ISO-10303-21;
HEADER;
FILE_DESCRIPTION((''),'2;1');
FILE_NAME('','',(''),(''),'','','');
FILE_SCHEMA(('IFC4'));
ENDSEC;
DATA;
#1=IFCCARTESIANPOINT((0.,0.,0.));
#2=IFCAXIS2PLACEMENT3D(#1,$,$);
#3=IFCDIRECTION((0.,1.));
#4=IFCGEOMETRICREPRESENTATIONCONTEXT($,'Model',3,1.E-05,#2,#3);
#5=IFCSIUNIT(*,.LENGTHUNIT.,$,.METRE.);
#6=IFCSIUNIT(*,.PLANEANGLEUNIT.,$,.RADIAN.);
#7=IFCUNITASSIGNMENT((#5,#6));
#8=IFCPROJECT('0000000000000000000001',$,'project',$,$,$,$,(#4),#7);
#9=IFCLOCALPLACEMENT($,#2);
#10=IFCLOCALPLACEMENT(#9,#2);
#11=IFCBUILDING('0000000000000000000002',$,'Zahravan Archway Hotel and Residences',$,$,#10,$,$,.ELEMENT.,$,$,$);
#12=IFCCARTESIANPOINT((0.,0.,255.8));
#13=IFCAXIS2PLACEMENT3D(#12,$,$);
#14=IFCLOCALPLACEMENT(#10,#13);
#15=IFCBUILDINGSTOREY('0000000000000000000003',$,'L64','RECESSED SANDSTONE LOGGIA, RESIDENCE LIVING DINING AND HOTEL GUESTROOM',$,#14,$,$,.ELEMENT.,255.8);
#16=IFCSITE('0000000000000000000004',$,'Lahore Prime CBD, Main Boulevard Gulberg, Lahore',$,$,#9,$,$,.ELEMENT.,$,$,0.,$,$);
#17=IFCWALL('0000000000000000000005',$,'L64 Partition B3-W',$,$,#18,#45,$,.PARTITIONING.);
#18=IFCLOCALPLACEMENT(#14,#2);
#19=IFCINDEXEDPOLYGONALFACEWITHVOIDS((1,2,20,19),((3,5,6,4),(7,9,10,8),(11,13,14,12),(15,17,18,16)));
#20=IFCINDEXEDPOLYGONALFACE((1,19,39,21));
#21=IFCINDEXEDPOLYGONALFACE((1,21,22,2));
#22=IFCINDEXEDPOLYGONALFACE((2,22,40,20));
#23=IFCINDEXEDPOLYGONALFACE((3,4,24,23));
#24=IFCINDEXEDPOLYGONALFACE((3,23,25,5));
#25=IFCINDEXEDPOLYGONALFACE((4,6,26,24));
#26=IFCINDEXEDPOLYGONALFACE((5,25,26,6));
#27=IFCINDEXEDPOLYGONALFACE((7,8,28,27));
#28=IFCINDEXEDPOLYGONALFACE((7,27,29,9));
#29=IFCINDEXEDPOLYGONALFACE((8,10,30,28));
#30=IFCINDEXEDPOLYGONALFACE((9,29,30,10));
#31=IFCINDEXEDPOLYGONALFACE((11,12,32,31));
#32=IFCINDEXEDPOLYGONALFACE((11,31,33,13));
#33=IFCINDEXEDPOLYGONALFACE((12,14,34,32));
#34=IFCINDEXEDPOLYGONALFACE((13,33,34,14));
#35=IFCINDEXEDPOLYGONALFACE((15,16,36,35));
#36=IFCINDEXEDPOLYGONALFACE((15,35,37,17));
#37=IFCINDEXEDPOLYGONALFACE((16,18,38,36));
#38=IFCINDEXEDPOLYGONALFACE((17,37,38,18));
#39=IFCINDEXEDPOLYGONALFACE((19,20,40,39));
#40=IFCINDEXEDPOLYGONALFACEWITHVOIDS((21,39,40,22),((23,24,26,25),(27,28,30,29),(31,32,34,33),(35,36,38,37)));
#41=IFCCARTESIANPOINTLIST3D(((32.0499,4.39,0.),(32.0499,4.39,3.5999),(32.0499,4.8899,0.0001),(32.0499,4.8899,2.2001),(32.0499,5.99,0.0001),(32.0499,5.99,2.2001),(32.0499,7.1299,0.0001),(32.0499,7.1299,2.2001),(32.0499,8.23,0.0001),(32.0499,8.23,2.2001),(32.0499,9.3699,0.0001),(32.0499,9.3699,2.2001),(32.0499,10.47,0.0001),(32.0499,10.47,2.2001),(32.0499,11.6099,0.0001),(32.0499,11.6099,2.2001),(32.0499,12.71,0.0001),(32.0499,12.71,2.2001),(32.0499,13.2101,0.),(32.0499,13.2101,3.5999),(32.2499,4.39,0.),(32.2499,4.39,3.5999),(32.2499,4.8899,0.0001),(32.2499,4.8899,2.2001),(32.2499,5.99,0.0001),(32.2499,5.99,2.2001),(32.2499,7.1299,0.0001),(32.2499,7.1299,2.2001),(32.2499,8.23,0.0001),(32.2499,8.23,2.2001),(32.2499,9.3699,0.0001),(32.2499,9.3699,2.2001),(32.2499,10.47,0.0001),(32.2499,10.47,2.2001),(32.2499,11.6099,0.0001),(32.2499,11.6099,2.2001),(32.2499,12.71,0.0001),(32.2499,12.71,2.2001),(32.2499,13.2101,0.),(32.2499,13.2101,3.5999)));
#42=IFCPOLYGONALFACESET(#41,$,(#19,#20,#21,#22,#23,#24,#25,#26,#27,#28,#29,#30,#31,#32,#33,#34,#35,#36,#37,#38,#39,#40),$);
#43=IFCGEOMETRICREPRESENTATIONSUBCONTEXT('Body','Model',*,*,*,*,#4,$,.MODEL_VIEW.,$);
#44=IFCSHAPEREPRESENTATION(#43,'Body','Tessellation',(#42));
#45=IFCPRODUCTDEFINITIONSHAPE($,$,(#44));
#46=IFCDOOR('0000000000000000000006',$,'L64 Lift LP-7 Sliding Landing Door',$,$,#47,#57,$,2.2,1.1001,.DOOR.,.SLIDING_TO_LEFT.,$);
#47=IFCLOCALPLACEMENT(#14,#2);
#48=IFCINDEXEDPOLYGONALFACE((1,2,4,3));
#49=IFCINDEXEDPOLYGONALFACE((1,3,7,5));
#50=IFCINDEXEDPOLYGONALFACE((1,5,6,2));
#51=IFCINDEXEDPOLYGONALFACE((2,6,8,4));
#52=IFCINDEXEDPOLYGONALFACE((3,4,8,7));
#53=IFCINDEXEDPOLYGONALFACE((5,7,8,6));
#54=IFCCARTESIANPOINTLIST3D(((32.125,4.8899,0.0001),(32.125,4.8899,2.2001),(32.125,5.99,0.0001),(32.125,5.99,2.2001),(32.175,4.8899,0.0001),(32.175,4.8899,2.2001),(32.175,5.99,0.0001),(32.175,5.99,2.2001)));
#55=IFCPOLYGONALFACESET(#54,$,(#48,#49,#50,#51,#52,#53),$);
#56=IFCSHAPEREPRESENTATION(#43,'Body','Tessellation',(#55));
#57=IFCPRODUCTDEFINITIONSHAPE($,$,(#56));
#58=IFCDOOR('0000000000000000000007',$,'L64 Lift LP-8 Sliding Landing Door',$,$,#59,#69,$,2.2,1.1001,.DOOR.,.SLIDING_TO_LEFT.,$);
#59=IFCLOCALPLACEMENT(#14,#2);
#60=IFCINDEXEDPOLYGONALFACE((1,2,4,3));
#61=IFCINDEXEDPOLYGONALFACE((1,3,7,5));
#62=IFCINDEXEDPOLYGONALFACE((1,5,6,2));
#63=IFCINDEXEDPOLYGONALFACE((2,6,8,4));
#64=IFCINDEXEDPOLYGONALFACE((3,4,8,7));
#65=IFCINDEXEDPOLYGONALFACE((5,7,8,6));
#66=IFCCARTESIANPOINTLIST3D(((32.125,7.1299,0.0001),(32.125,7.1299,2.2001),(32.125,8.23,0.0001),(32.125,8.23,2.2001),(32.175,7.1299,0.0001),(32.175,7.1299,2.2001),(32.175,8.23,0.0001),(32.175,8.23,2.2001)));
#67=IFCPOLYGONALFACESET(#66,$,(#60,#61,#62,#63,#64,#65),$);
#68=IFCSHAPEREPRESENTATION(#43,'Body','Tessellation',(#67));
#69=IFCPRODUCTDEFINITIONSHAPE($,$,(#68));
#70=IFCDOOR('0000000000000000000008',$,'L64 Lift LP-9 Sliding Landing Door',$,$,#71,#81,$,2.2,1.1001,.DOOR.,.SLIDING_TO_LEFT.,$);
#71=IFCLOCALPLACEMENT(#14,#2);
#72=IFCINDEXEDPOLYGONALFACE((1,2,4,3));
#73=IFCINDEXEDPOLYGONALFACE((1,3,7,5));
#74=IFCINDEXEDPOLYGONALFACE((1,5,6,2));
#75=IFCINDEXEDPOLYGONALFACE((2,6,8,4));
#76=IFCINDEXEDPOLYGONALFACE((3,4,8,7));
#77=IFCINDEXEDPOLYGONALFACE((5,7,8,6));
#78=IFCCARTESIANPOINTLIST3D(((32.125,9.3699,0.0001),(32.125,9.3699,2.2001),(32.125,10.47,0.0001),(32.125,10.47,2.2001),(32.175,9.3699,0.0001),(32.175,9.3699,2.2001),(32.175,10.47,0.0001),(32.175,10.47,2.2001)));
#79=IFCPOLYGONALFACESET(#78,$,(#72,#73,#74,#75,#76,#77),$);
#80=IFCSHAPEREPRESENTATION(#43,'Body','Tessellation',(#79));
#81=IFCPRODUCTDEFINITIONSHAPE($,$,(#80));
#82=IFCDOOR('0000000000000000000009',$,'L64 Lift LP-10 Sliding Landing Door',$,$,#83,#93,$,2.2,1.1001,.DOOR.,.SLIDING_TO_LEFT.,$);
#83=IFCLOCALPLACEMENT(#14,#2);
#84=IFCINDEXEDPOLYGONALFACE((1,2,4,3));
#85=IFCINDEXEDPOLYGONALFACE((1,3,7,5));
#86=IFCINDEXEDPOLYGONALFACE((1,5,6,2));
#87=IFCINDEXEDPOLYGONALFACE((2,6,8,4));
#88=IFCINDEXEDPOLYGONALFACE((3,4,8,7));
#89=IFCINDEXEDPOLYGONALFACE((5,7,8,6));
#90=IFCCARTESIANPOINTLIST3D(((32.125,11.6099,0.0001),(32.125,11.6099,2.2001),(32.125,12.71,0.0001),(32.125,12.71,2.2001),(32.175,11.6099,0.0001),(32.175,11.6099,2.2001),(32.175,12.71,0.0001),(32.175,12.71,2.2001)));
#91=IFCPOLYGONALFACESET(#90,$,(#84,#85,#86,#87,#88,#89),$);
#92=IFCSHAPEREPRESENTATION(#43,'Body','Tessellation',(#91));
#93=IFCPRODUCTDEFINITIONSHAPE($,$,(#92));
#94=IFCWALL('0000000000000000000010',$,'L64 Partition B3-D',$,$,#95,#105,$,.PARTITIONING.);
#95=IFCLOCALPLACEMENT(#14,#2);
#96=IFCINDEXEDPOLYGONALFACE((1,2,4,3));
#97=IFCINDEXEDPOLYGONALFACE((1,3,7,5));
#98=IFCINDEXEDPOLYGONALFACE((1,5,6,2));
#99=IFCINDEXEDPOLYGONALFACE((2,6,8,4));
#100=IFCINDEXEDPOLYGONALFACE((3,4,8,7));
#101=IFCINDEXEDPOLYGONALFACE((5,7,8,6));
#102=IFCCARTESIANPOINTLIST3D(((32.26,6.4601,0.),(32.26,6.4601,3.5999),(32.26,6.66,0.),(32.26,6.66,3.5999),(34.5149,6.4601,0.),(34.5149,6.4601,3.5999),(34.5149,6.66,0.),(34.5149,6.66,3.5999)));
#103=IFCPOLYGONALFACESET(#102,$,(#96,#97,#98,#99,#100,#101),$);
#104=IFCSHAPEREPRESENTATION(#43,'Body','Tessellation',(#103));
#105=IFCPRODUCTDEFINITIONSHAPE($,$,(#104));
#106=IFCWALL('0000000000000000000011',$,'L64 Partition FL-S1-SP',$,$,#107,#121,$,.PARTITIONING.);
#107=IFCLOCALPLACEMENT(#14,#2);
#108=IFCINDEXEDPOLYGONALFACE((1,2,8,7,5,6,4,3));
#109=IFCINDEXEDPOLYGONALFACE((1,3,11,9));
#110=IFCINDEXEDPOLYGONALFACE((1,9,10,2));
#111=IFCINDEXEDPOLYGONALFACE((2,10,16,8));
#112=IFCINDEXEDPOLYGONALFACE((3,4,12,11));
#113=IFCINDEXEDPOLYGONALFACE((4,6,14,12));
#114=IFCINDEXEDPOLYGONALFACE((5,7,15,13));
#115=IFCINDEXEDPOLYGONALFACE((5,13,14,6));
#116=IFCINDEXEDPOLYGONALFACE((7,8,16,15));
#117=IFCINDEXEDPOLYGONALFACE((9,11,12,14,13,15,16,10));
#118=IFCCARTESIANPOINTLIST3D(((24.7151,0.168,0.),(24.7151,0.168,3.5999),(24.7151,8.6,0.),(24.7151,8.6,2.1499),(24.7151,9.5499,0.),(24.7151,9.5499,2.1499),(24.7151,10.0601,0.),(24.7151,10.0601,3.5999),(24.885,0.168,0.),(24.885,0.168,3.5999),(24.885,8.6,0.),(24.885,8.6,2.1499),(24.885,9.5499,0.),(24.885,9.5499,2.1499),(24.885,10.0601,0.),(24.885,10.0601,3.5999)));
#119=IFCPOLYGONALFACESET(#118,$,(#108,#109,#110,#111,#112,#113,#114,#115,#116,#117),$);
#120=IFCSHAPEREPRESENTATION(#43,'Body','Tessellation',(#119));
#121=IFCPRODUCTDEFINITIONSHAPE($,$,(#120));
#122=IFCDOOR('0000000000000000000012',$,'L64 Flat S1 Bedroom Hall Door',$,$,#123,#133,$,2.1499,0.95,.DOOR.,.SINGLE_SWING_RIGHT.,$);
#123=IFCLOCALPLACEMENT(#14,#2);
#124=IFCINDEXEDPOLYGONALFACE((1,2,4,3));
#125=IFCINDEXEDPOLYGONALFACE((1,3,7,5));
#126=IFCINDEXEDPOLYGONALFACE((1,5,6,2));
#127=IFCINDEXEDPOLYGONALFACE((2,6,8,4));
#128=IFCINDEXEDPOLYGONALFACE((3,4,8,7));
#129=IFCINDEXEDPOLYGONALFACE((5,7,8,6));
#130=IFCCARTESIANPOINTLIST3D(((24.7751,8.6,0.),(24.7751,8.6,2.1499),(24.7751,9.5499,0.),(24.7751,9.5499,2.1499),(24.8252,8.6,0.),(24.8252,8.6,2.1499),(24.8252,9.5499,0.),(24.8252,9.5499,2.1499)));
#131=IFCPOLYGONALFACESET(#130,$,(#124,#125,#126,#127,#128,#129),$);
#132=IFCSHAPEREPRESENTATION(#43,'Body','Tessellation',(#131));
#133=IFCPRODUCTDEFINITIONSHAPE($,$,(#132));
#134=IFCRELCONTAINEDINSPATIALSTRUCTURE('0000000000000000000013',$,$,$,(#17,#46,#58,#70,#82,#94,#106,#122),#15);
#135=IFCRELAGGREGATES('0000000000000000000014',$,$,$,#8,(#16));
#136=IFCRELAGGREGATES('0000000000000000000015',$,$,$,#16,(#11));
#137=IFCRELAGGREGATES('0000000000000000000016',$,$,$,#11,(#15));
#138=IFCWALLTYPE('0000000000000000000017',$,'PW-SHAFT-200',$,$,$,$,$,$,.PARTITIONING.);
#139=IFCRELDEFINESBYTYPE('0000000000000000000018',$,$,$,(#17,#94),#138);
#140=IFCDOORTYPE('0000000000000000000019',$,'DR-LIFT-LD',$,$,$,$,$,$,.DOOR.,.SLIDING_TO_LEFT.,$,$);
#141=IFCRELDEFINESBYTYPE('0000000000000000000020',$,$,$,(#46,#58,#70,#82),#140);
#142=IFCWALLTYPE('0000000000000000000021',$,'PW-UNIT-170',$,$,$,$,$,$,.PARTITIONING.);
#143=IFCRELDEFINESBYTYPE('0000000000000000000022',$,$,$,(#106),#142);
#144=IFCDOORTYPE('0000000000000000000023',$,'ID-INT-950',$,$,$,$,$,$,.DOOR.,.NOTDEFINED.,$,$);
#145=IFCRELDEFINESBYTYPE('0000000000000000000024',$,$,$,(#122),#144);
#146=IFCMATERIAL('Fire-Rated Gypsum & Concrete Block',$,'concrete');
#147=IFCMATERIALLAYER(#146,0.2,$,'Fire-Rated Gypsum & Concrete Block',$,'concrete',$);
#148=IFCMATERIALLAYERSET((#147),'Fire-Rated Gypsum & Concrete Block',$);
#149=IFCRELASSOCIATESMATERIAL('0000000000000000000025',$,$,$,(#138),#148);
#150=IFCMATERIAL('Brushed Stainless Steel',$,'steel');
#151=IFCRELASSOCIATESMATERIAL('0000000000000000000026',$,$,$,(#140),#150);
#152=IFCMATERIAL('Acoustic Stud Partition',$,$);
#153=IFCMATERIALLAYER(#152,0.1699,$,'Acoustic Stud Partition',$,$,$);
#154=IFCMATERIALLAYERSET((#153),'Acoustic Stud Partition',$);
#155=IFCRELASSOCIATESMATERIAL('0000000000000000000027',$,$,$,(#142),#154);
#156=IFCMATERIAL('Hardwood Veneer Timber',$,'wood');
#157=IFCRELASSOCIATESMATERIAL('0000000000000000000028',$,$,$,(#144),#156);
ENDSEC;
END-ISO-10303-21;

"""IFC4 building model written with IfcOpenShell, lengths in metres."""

from ifc_helpers import new_model, si_unit, direction, frame, frame_2d, origin, place, context, subcontext, project, spatial, rectangle, extrude, source, transform, mapped, material, layer, layer_set, type_object, type_shapes, element, fill, save


model = new_model("IFC4")

# Units and contexts
model_context = context("Model", 3, precision=1e-05, world=origin(), true_north=direction((0.0, 1.0)))
body_context = subcontext(model_context, "Body", "Model", "MODEL_VIEW")
ifc_project = project(units=[si_unit("LENGTHUNIT", "METRE"), si_unit("PLANEANGLEUNIT", "RADIAN")], contexts=[model_context])

# Site, building, storey
site_placement = place(None, origin())
site = spatial("IfcSite", under=ifc_project, at=site_placement, Name="Lahore Prime CBD, Main Boulevard Gulberg, Lahore", CompositionType="ELEMENT", RefElevation=0.0)
building_placement = place(site_placement, origin())
building = spatial("IfcBuilding", under=site, at=building_placement, Name="Zahravan Archway Hotel and Residences", CompositionType="ELEMENT")
storey_placement = place(building_placement, frame((0.0, 0.0, 255.8)))
storey = spatial("IfcBuildingStorey", under=building, at=storey_placement, Name="L64", Description="RECESSED SANDSTONE LOGGIA, RESIDENCE LIVING DINING AND HOTEL GUESTROOM", CompositionType="ELEMENT", Elevation=255.8)

# Shared definitions
ifc_material_1 = material(Name="Fire-Rated Gypsum & Concrete Block", Category="concrete")

# Shared definitions
ifc_material_2 = material(Name="Hardwood Veneer Timber", Category="wood")

# Shared definitions
ifc_layer_1 = layer(ifc_material_1, 0.2, Name="Fire-Rated Gypsum & Concrete Block", Category="concrete")
ifc_layer_set_1 = layer_set([ifc_layer_1], Name="Fire-Rated Gypsum & Concrete Block")
wall_type_1 = type_object("IfcWallType", Name="PW-SHAFT-200", PredefinedType="PARTITIONING", material=ifc_layer_set_1)

# Wall, openings, doors
wall_1_placement = place(storey_placement, frame((32.1499, 4.3899, 0.0), z_axis=(0.0, 0.0, 1.0), x_axis=(0.0, 1.0, 0.0)))
wall_1 = element("IfcWall", 1, at=wall_1_placement, inside=storey, type_object=wall_type_1, Name="L64 Partition B3-W", PredefinedType="PARTITIONING", context=body_context, shape_type="SweptSolid", body=[
    extrude(rectangle(XDim=8.8201, YDim=0.2, at=frame_2d((4.4102, 0.0))), origin(), (0.0, 0.0, 1.0), 3.5999),
])
opening_1_placement = place(wall_1_placement, frame((0.5, 0.0, 0.0)))
opening_1 = element("IfcOpeningElement", 2, at=opening_1_placement, cuts=wall_1, PredefinedType="OPENING", context=body_context, shape_type="SweptSolid", body=[
    extrude(rectangle(XDim=1.1001, YDim=2.2, at=frame_2d((0.55, 1.1001))), frame((0.0, 0.1099, 0.0), z_axis=(0.0, -1.0, 0.0), x_axis=(1.0, 0.0, 0.0)), (0.0, 0.0, 1.0), 0.22),
])
opening_2_placement = place(wall_1_placement, frame((2.74, 0.0, 0.0)))
opening_2 = element("IfcOpeningElement", 3, at=opening_2_placement, cuts=wall_1, PredefinedType="OPENING", context=body_context, shape_type="SweptSolid", body=[
    extrude(rectangle(XDim=1.1001, YDim=2.2, at=frame_2d((0.55, 1.1001))), frame((0.0, 0.1099, 0.0), z_axis=(0.0, -1.0, 0.0), x_axis=(1.0, 0.0, 0.0)), (0.0, 0.0, 1.0), 0.22),
])
opening_3_placement = place(wall_1_placement, frame((4.98, 0.0, 0.0)))
opening_3 = element("IfcOpeningElement", 4, at=opening_3_placement, cuts=wall_1, PredefinedType="OPENING", context=body_context, shape_type="SweptSolid", body=[
    extrude(rectangle(XDim=1.1001, YDim=2.2, at=frame_2d((0.55, 1.1001))), frame((0.0, 0.1099, 0.0), z_axis=(0.0, -1.0, 0.0), x_axis=(1.0, 0.0, 0.0)), (0.0, 0.0, 1.0), 0.22),
])
opening_4_placement = place(wall_1_placement, frame((7.22, 0.0, 0.0)))
opening_4 = element("IfcOpeningElement", 5, at=opening_4_placement, cuts=wall_1, PredefinedType="OPENING", context=body_context, shape_type="SweptSolid", body=[
    extrude(rectangle(XDim=1.1001, YDim=2.2, at=frame_2d((0.55, 1.1001))), frame((0.0, 0.1099, 0.0), z_axis=(0.0, -1.0, 0.0), x_axis=(1.0, 0.0, 0.0)), (0.0, 0.0, 1.0), 0.22),
])
ifc_material_3 = material(Name="Brushed Stainless Steel", Category="steel")
door_type_1 = type_object("IfcDoorType", Name="DR-LIFT-LD", OperationType="SLIDING_TO_LEFT", PredefinedType="DOOR", material=ifc_material_3)
shared_shape_1 = source(origin(), body_context, "Body", "SweptSolid", [
    extrude(rectangle(XDim=1.1001, YDim=2.2, at=frame_2d((0.55, 1.1001))), frame((0.0, 0.0249, 0.0), z_axis=(0.0, -1.0, 0.0), x_axis=(1.0, 0.0, 0.0)), (0.0, 0.0, 1.0), 0.05),
])
type_shapes(door_type_1, [shared_shape_1])
door_1_placement = place(opening_1_placement, origin())
door_1 = element("IfcDoor", 6, at=door_1_placement, inside=storey, type_object=door_type_1, Name="L64 Lift LP-7 Sliding Landing Door", OperationType="SLIDING_TO_LEFT", OverallHeight=2.2, OverallWidth=1.1001, PredefinedType="DOOR", context=body_context, shape_type="MappedRepresentation", body=[
    mapped(shared_shape_1, transform((0.0, 0.0, 0.0), scale=1.0)),
])
fill(opening_1, door_1)
door_2_placement = place(opening_2_placement, origin())
door_2 = element("IfcDoor", 7, at=door_2_placement, inside=storey, type_object=door_type_1, Name="L64 Lift LP-8 Sliding Landing Door", OperationType="SLIDING_TO_LEFT", OverallHeight=2.2, OverallWidth=1.1001, PredefinedType="DOOR", context=body_context, shape_type="MappedRepresentation", body=[
    mapped(shared_shape_1, transform((0.0, 0.0, 0.0), scale=1.0)),
])
fill(opening_2, door_2)
door_3_placement = place(opening_3_placement, origin())
door_3 = element("IfcDoor", 8, at=door_3_placement, inside=storey, type_object=door_type_1, Name="L64 Lift LP-9 Sliding Landing Door", OperationType="SLIDING_TO_LEFT", OverallHeight=2.2, OverallWidth=1.1001, PredefinedType="DOOR", context=body_context, shape_type="MappedRepresentation", body=[
    mapped(shared_shape_1, transform((0.0, 0.0, 0.0), scale=1.0)),
])
fill(opening_3, door_3)
door_4_placement = place(opening_4_placement, origin())
door_4 = element("IfcDoor", 9, at=door_4_placement, inside=storey, type_object=door_type_1, Name="L64 Lift LP-10 Sliding Landing Door", OperationType="SLIDING_TO_LEFT", OverallHeight=2.2, OverallWidth=1.1001, PredefinedType="DOOR", context=body_context, shape_type="MappedRepresentation", body=[
    mapped(shared_shape_1, transform((0.0, 0.0, 0.0), scale=1.0)),
])
fill(opening_4, door_4)

# Wall
wall_2_placement = place(storey_placement, frame((32.26, 6.5601, 0.0), z_axis=(0.0, 0.0, 1.0), x_axis=(1.0, 0.0, 0.0)))
element("IfcWall", 10, at=wall_2_placement, inside=storey, type_object=wall_type_1, Name="L64 Partition B3-D", PredefinedType="PARTITIONING", context=body_context, shape_type="SweptSolid", body=[
    extrude(rectangle(XDim=2.2549, YDim=0.2, at=frame_2d((1.1274, 0.0))), origin(), (0.0, 0.0, 1.0), 3.5999),
])

# Wall, opening, door
ifc_material_4 = material(Name="Acoustic Stud Partition")
ifc_layer_2 = layer(ifc_material_4, 0.1699, Name="Acoustic Stud Partition")
ifc_layer_set_2 = layer_set([ifc_layer_2], Name="Acoustic Stud Partition")
wall_type_2 = type_object("IfcWallType", Name="PW-UNIT-170", PredefinedType="PARTITIONING", material=ifc_layer_set_2)
wall_3_placement = place(storey_placement, frame((24.8, 0.168, 0.0), z_axis=(0.0, 0.0, 1.0), x_axis=(0.0, 1.0, 0.0)))
wall_3 = element("IfcWall", 11, at=wall_3_placement, inside=storey, type_object=wall_type_2, Name="L64 Partition FL-S1-SP", PredefinedType="PARTITIONING", context=body_context, shape_type="SweptSolid", body=[
    extrude(rectangle(XDim=9.8921, YDim=0.1699, at=frame_2d((4.946, 0.0))), origin(), (0.0, 0.0, 1.0), 3.5999),
])
opening_5_placement = place(wall_3_placement, frame((8.4319, 0.0, 0.0)))
opening_5 = element("IfcOpeningElement", 12, at=opening_5_placement, cuts=wall_3, PredefinedType="OPENING", context=body_context, shape_type="SweptSolid", body=[
    extrude(rectangle(XDim=0.95, YDim=2.1499, at=frame_2d((0.4751, 1.075))), frame((0.0, 0.095, 0.0), z_axis=(0.0, -1.0, 0.0), x_axis=(1.0, 0.0, 0.0)), (0.0, 0.0, 1.0), 0.1899),
])
door_type_2 = type_object("IfcDoorType", Name="ID-INT-950", OperationType="NOTDEFINED", PredefinedType="DOOR", material=ifc_material_2)
shared_shape_2 = source(origin(), body_context, "Body", "SweptSolid", [
    extrude(rectangle(XDim=0.95, YDim=2.1499, at=frame_2d((0.4751, 1.075))), frame((0.0, 0.0249, 0.0), z_axis=(0.0, -1.0, 0.0), x_axis=(1.0, 0.0, 0.0)), (0.0, 0.0, 1.0), 0.05),
])
type_shapes(door_type_2, [shared_shape_2])
door_5_placement = place(opening_5_placement, origin())
door_5 = element("IfcDoor", 13, at=door_5_placement, inside=storey, type_object=door_type_2, Name="L64 Flat S1 Bedroom Hall Door", OperationType="SINGLE_SWING_RIGHT", OverallHeight=2.1499, OverallWidth=0.95, PredefinedType="DOOR", context=body_context, shape_type="MappedRepresentation", body=[
    mapped(shared_shape_2, transform((0.0, 0.0, 0.0), scale=1.0)),
])
fill(opening_5, door_5)

save(model, "model.ifc")
